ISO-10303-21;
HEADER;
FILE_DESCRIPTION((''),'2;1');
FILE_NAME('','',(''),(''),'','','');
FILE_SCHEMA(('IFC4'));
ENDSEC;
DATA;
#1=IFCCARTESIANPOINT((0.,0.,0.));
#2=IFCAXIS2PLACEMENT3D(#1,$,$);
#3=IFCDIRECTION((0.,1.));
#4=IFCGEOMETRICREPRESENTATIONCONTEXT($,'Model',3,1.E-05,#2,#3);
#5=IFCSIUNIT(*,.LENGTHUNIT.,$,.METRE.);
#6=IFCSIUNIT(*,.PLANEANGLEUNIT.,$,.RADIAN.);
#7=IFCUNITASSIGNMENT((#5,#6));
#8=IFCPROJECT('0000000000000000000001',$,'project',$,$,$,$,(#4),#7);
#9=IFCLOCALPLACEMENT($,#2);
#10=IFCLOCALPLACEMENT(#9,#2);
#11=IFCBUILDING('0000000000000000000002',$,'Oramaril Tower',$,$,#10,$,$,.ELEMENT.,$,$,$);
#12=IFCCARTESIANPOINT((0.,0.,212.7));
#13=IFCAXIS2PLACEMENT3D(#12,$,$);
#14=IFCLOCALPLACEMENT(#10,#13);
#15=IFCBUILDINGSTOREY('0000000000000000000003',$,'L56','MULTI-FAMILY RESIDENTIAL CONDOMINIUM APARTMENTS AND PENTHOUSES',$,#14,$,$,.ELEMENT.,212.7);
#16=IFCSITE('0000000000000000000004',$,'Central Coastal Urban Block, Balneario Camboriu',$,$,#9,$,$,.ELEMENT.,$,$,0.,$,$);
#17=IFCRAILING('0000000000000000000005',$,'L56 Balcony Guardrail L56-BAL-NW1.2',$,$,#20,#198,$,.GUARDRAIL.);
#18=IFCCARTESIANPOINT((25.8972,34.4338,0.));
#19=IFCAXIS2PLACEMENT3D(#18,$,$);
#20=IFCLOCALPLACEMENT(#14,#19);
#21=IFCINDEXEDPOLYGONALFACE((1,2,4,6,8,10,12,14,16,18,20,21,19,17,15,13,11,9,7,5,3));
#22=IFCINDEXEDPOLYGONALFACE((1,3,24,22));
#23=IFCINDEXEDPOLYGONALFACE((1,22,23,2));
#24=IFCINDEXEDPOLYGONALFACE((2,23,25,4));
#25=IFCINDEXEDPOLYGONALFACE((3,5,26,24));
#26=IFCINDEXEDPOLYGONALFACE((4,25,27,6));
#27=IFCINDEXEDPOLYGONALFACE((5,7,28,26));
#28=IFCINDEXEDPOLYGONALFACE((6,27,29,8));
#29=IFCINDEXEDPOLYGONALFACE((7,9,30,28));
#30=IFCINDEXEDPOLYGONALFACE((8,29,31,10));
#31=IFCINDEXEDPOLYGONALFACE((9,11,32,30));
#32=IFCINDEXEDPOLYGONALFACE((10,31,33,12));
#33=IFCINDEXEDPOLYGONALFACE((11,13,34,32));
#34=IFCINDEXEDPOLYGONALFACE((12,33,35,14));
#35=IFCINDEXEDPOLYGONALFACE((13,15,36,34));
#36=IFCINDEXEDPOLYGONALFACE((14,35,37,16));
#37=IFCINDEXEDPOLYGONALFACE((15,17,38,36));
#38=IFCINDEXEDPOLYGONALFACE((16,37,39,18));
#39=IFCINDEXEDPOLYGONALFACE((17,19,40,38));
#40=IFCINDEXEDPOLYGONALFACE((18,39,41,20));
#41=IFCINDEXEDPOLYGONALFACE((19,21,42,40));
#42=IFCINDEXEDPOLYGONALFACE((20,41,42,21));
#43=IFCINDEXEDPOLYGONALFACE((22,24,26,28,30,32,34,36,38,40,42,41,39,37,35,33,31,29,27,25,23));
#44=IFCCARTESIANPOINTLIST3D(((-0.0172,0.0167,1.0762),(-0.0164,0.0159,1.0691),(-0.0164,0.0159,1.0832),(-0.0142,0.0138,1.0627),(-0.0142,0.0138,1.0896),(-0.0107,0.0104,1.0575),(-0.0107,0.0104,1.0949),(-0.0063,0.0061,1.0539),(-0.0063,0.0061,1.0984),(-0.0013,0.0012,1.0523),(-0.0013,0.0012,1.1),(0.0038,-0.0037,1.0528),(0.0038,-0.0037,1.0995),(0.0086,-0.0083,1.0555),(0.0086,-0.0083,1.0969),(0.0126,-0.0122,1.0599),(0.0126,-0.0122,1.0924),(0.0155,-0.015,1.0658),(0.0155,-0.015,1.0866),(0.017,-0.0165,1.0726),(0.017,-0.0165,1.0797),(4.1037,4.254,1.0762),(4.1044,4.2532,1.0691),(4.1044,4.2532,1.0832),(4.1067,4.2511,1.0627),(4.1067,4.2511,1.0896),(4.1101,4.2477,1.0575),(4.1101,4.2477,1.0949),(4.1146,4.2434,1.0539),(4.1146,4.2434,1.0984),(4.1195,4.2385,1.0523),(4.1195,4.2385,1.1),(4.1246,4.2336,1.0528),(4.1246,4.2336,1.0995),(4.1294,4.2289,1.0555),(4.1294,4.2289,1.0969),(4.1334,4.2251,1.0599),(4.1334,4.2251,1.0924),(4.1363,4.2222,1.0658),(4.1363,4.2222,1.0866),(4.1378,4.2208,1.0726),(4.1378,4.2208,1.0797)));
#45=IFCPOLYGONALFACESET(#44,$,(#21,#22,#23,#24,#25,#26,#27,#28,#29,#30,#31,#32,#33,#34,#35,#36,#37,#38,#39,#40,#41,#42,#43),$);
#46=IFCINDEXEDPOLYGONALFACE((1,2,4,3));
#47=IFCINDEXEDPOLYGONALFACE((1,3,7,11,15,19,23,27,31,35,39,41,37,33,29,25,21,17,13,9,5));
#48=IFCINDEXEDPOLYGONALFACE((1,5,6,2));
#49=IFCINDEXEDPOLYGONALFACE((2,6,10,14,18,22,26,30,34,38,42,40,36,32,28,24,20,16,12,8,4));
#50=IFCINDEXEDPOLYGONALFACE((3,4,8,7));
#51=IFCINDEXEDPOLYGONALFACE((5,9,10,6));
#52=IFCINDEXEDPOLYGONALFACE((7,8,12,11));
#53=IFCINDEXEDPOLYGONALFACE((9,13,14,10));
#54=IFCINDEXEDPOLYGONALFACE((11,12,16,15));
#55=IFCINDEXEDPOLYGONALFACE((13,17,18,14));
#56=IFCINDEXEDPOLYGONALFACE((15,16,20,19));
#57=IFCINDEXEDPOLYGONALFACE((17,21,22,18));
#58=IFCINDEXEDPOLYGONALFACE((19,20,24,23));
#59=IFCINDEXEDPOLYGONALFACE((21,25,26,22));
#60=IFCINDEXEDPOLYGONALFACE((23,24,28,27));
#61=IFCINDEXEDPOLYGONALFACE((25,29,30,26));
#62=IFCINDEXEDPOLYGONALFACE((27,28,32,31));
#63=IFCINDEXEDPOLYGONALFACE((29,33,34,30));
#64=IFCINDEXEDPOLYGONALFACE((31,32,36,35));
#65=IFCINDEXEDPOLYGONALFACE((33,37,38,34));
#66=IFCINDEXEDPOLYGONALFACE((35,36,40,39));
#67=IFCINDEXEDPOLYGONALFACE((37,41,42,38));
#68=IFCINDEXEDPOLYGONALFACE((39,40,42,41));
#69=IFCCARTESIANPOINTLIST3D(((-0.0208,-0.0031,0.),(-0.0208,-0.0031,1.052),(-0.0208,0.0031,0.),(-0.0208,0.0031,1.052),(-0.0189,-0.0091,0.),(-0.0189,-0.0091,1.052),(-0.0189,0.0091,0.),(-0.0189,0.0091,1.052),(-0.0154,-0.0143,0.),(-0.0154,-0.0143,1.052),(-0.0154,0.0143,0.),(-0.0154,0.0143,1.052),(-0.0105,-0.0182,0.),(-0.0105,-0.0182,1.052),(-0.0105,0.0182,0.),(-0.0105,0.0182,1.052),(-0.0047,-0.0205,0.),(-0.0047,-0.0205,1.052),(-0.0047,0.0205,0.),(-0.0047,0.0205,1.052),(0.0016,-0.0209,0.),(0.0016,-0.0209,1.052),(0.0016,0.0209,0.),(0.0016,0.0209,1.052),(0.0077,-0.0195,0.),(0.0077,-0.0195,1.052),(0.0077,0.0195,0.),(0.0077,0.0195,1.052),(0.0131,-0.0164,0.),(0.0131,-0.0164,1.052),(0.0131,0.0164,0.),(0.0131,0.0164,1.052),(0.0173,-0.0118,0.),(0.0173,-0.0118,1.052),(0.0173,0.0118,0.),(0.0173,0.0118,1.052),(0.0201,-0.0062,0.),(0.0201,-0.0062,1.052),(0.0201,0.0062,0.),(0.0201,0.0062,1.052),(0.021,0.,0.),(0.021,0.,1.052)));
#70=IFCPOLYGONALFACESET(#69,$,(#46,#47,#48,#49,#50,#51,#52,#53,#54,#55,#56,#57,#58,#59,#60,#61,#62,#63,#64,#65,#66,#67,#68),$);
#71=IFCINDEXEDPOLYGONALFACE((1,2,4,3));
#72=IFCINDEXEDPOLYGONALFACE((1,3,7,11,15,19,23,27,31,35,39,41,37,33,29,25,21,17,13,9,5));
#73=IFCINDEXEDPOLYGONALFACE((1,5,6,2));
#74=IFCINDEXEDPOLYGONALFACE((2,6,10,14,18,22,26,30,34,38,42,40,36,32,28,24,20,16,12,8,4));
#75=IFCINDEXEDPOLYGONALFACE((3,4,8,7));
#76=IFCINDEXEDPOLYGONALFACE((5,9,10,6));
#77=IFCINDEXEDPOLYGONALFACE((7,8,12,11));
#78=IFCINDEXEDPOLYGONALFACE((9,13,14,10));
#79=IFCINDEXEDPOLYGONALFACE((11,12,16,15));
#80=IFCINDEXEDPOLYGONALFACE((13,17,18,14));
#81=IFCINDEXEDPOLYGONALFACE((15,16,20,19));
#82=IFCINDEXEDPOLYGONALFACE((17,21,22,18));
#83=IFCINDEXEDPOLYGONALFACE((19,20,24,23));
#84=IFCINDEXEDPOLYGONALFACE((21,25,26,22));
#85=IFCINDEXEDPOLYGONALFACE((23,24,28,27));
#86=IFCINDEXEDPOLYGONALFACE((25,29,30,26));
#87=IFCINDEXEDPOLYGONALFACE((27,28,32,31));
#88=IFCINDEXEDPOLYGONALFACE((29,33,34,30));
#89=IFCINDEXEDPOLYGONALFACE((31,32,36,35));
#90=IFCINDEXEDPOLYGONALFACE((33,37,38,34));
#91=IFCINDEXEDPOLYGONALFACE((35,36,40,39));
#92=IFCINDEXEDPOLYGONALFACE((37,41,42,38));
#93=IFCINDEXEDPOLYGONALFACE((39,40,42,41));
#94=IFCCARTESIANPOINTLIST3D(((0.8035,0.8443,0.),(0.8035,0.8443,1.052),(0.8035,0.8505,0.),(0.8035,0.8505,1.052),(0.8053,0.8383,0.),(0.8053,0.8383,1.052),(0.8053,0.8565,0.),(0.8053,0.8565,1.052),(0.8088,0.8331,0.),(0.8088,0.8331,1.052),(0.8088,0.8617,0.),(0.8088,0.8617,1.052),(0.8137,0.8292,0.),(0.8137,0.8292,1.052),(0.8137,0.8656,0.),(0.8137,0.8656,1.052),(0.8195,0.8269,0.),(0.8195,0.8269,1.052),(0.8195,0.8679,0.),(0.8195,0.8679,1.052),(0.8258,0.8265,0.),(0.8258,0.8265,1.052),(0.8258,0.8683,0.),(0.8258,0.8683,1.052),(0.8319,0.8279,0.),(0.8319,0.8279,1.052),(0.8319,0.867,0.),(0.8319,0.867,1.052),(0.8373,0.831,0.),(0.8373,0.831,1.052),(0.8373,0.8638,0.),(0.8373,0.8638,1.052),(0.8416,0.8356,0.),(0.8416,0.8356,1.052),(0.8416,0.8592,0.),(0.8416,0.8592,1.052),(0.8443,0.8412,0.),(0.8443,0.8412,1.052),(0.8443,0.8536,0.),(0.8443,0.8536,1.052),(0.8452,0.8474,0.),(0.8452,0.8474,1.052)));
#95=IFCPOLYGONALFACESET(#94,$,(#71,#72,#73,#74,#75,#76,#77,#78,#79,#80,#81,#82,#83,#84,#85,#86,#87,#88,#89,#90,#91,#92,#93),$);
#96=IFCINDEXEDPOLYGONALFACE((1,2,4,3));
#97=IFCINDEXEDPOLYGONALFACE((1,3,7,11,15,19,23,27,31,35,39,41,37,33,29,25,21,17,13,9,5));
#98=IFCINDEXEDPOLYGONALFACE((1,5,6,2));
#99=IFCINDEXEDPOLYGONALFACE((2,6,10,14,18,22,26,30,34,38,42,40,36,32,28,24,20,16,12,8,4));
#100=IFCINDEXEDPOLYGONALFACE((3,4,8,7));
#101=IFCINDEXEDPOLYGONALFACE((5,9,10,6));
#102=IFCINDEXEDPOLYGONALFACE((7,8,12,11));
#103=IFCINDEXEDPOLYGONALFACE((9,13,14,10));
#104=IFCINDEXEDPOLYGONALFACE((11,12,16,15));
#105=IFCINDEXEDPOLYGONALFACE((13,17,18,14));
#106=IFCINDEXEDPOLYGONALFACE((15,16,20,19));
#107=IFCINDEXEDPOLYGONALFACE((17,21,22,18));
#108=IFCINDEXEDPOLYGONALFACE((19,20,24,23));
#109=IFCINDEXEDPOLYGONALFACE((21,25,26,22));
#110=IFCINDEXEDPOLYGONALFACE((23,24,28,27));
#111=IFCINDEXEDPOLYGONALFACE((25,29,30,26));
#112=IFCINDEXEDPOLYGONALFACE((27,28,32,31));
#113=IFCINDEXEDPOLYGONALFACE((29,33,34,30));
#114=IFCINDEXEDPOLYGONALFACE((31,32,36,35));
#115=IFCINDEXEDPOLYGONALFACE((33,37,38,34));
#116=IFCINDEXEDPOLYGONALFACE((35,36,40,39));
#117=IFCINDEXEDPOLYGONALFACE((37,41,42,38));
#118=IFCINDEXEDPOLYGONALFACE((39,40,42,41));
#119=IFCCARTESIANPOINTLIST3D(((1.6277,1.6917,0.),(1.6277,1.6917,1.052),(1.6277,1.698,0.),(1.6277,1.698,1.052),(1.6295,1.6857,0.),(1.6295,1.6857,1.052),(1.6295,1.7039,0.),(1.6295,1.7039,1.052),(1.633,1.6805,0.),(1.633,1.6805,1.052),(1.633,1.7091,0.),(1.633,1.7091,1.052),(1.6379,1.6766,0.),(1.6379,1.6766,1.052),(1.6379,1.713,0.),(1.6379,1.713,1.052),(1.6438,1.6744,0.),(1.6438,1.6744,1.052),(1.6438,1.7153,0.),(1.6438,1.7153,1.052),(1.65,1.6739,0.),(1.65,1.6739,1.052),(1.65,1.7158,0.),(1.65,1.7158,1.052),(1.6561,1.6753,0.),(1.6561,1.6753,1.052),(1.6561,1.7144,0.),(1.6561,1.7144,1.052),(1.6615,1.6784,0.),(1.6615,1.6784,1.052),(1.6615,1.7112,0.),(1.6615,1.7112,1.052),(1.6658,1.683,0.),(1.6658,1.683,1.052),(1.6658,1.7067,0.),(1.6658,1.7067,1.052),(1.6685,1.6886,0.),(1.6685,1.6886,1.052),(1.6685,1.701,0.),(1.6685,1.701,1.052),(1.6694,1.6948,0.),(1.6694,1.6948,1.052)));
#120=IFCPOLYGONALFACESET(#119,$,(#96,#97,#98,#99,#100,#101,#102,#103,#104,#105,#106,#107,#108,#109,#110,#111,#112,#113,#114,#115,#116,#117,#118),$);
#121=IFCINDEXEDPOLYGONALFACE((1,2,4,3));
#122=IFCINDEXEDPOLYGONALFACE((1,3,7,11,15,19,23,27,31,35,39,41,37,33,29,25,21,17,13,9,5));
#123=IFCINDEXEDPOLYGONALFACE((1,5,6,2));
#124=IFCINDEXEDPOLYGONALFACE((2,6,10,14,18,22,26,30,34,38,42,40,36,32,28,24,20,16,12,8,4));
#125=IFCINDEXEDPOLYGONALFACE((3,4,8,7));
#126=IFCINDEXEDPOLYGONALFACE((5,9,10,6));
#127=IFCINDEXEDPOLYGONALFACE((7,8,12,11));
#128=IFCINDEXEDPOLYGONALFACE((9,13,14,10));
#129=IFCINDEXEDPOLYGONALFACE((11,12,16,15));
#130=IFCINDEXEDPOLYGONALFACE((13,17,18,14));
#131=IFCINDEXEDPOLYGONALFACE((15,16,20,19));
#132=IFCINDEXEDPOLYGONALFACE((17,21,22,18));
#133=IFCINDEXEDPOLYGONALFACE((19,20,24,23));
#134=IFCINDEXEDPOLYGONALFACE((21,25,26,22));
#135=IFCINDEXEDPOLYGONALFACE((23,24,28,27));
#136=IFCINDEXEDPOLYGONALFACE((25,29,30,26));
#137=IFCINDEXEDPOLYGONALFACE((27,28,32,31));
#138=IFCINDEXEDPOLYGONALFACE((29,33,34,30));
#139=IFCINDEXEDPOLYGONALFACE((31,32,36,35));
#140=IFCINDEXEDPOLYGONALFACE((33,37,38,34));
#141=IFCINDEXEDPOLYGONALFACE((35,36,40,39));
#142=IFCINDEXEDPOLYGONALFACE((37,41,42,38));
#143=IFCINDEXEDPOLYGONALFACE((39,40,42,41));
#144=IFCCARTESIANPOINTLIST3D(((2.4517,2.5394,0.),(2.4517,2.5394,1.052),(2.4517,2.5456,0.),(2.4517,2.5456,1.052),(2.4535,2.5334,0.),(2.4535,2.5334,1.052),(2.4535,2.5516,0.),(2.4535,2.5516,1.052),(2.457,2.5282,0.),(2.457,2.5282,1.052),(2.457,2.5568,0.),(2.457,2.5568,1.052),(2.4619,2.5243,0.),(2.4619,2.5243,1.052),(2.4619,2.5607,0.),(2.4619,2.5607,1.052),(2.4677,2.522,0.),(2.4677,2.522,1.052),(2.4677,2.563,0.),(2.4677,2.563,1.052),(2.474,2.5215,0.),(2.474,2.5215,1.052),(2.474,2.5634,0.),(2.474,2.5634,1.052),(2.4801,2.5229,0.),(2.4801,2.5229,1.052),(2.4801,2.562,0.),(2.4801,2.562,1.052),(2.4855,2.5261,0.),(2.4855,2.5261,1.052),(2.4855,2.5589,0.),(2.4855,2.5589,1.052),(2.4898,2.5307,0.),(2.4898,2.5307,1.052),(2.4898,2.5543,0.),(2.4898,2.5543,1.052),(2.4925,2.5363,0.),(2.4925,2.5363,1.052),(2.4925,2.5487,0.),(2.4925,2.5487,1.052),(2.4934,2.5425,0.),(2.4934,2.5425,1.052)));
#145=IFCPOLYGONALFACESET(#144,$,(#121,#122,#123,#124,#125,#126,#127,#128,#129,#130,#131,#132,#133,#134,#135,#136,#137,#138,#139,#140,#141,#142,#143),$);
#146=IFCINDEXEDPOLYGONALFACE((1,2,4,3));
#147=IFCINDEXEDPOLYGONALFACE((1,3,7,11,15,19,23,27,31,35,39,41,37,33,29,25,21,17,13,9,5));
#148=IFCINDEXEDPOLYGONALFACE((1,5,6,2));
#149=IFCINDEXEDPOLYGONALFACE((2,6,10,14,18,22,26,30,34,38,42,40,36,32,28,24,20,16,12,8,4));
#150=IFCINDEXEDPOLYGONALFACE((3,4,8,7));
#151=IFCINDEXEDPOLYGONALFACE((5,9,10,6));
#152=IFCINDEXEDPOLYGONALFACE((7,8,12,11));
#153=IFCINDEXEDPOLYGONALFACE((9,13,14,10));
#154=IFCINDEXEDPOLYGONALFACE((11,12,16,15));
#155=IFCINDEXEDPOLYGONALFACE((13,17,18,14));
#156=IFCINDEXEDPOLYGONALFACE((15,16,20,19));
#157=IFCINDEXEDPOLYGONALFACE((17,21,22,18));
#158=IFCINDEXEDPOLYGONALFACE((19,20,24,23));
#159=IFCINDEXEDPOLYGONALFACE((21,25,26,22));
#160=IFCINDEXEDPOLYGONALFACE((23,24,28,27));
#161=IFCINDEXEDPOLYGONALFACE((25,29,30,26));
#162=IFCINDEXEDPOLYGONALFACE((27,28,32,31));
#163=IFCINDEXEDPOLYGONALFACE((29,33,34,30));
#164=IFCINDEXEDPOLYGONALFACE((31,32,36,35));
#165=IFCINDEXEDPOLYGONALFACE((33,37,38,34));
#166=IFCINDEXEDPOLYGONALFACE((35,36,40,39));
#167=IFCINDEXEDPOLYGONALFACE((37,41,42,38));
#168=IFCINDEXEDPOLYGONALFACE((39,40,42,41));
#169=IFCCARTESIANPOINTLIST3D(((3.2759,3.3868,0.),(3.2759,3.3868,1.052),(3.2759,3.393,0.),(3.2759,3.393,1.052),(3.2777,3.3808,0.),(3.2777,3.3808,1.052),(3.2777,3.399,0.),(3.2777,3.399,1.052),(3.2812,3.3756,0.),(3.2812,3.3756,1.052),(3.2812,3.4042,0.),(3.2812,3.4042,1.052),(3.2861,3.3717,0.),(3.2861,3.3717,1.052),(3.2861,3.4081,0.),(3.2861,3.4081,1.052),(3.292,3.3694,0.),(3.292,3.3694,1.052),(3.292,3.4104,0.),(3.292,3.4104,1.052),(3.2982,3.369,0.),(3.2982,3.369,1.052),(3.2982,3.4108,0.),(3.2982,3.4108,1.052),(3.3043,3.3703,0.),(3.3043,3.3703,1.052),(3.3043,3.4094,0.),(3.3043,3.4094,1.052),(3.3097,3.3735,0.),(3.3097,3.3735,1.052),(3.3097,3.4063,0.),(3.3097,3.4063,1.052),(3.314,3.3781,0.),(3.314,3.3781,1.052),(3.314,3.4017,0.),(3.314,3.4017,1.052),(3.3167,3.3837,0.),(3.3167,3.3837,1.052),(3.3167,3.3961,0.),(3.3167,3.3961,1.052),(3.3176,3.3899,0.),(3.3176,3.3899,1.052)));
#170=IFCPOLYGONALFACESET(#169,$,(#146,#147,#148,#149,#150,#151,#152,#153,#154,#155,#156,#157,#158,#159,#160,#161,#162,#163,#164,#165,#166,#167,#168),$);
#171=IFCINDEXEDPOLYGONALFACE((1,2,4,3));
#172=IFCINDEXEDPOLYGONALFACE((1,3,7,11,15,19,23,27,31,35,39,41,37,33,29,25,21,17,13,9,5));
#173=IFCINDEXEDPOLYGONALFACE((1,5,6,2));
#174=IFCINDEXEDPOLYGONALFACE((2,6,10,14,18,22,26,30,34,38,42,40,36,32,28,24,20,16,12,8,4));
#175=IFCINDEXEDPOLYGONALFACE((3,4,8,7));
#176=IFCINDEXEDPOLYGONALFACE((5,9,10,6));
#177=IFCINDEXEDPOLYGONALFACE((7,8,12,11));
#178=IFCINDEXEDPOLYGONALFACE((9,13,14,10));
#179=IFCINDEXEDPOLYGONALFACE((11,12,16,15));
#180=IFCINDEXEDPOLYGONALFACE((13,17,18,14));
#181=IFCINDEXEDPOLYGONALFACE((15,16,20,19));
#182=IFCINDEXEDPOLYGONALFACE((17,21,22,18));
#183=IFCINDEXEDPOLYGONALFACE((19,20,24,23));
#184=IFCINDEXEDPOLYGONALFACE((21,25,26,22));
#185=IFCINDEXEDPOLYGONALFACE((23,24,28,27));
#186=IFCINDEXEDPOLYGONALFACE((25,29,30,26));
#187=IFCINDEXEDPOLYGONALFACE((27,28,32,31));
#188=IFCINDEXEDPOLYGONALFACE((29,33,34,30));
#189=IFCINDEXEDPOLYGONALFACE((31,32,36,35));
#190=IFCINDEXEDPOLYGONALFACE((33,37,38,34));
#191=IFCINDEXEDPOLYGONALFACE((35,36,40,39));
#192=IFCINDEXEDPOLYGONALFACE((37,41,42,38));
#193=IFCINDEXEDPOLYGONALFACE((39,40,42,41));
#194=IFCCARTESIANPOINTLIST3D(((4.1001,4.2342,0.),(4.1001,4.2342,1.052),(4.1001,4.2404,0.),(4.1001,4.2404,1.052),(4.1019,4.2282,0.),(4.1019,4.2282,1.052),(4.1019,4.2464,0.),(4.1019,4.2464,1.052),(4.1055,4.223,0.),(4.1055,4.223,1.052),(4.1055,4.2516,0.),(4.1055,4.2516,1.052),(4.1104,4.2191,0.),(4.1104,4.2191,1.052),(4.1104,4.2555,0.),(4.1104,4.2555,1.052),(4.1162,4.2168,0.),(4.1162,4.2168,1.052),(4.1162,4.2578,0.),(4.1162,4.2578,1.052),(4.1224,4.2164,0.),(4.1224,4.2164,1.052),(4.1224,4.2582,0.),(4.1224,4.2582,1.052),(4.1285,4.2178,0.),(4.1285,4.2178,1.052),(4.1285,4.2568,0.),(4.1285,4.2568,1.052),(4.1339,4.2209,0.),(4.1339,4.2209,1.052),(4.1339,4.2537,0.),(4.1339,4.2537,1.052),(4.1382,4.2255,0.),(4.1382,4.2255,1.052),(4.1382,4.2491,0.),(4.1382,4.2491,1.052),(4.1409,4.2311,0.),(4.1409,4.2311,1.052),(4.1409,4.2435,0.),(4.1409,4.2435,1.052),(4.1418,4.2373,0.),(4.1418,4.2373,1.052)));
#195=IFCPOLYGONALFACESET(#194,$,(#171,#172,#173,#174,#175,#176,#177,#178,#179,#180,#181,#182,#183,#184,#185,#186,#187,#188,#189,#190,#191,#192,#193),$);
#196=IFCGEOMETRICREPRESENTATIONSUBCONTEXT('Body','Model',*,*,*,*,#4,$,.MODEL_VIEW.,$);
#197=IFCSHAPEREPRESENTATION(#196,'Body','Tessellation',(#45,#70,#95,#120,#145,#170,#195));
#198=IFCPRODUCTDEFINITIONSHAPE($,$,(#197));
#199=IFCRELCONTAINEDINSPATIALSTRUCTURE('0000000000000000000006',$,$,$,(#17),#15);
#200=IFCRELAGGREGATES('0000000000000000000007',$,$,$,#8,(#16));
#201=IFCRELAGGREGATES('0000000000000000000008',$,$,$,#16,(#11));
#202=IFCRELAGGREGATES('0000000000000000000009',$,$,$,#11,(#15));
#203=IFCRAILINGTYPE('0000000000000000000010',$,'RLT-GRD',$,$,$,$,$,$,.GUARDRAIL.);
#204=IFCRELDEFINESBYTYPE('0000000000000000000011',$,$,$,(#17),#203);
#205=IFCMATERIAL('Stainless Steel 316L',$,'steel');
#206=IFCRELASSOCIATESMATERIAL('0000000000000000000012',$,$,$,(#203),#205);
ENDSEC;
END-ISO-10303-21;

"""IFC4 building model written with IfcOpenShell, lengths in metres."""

from ifc_helpers import new_model, si_unit, direction, frame, origin, origin_2d, place, context, subcontext, project, spatial, circle, extrude, material, type_object, element, save


model = new_model("IFC4")

# Units and contexts
model_context = context("Model", 3, precision=1e-05, world=origin(), true_north=direction((0.0, 1.0)))
body_context = subcontext(model_context, "Body", "Model", "MODEL_VIEW")
ifc_project = project(units=[si_unit("LENGTHUNIT", "METRE"), si_unit("PLANEANGLEUNIT", "RADIAN")], contexts=[model_context])

# Site, building, storey
site_placement = place(None, origin())
site = spatial("IfcSite", under=ifc_project, at=site_placement, Name="Central Coastal Urban Block, Balneario Camboriu", CompositionType="ELEMENT", RefElevation=0.0)
building_placement = place(site_placement, origin())
building = spatial("IfcBuilding", under=site, at=building_placement, Name="Oramaril Tower", CompositionType="ELEMENT")
storey_placement = place(building_placement, frame((0.0, 0.0, 212.7)))
storey = spatial("IfcBuildingStorey", under=building, at=storey_placement, Name="L56", Description="MULTI-FAMILY RESIDENTIAL CONDOMINIUM APARTMENTS AND PENTHOUSES", CompositionType="ELEMENT", Elevation=212.7)

# Railing
ifc_material_1 = material(Name="Stainless Steel 316L", Category="steel")
railing_type = type_object("IfcRailingType", Name="RLT-GRD", PredefinedType="GUARDRAIL", material=ifc_material_1)
railing_1_placement = place(storey_placement, frame((25.8972, 34.4338, 0.0)))
element("IfcRailing", 1, at=railing_1_placement, inside=storey, type_object=railing_type, Name="L56 Balcony Guardrail L56-BAL-NW1.2", PredefinedType="GUARDRAIL", context=body_context, shape_type="SweptSolid", body=[
    extrude(circle(Radius=0.0239, at=origin_2d()), frame((0.0, 0.0, 1.0762), z_axis=(0.697187, 0.716889, 0.0), x_axis=(-0.716889, 0.697187, 0.0)), (0.0, 0.0, 1.0), 5.9106),
    extrude(circle(Radius=0.021, at=origin_2d()), origin(), (0.0, 0.0, 1.0), 1.052),
    extrude(circle(Radius=0.021, at=origin_2d()), frame((0.8242, 0.8474, 0.0)), (0.0, 0.0, 1.0), 1.052),
    extrude(circle(Radius=0.021, at=origin_2d()), frame((1.6484, 1.6948, 0.0)), (0.0, 0.0, 1.0), 1.052),
    extrude(circle(Radius=0.021, at=origin_2d()), frame((2.4724, 2.5425, 0.0)), (0.0, 0.0, 1.0), 1.052),
    extrude(circle(Radius=0.021, at=origin_2d()), frame((3.2966, 3.3899, 0.0)), (0.0, 0.0, 1.0), 1.052),
    extrude(circle(Radius=0.021, at=origin_2d()), frame((4.1208, 4.2373, 0.0)), (0.0, 0.0, 1.0), 1.052),
])

save(model, "model.ifc")
